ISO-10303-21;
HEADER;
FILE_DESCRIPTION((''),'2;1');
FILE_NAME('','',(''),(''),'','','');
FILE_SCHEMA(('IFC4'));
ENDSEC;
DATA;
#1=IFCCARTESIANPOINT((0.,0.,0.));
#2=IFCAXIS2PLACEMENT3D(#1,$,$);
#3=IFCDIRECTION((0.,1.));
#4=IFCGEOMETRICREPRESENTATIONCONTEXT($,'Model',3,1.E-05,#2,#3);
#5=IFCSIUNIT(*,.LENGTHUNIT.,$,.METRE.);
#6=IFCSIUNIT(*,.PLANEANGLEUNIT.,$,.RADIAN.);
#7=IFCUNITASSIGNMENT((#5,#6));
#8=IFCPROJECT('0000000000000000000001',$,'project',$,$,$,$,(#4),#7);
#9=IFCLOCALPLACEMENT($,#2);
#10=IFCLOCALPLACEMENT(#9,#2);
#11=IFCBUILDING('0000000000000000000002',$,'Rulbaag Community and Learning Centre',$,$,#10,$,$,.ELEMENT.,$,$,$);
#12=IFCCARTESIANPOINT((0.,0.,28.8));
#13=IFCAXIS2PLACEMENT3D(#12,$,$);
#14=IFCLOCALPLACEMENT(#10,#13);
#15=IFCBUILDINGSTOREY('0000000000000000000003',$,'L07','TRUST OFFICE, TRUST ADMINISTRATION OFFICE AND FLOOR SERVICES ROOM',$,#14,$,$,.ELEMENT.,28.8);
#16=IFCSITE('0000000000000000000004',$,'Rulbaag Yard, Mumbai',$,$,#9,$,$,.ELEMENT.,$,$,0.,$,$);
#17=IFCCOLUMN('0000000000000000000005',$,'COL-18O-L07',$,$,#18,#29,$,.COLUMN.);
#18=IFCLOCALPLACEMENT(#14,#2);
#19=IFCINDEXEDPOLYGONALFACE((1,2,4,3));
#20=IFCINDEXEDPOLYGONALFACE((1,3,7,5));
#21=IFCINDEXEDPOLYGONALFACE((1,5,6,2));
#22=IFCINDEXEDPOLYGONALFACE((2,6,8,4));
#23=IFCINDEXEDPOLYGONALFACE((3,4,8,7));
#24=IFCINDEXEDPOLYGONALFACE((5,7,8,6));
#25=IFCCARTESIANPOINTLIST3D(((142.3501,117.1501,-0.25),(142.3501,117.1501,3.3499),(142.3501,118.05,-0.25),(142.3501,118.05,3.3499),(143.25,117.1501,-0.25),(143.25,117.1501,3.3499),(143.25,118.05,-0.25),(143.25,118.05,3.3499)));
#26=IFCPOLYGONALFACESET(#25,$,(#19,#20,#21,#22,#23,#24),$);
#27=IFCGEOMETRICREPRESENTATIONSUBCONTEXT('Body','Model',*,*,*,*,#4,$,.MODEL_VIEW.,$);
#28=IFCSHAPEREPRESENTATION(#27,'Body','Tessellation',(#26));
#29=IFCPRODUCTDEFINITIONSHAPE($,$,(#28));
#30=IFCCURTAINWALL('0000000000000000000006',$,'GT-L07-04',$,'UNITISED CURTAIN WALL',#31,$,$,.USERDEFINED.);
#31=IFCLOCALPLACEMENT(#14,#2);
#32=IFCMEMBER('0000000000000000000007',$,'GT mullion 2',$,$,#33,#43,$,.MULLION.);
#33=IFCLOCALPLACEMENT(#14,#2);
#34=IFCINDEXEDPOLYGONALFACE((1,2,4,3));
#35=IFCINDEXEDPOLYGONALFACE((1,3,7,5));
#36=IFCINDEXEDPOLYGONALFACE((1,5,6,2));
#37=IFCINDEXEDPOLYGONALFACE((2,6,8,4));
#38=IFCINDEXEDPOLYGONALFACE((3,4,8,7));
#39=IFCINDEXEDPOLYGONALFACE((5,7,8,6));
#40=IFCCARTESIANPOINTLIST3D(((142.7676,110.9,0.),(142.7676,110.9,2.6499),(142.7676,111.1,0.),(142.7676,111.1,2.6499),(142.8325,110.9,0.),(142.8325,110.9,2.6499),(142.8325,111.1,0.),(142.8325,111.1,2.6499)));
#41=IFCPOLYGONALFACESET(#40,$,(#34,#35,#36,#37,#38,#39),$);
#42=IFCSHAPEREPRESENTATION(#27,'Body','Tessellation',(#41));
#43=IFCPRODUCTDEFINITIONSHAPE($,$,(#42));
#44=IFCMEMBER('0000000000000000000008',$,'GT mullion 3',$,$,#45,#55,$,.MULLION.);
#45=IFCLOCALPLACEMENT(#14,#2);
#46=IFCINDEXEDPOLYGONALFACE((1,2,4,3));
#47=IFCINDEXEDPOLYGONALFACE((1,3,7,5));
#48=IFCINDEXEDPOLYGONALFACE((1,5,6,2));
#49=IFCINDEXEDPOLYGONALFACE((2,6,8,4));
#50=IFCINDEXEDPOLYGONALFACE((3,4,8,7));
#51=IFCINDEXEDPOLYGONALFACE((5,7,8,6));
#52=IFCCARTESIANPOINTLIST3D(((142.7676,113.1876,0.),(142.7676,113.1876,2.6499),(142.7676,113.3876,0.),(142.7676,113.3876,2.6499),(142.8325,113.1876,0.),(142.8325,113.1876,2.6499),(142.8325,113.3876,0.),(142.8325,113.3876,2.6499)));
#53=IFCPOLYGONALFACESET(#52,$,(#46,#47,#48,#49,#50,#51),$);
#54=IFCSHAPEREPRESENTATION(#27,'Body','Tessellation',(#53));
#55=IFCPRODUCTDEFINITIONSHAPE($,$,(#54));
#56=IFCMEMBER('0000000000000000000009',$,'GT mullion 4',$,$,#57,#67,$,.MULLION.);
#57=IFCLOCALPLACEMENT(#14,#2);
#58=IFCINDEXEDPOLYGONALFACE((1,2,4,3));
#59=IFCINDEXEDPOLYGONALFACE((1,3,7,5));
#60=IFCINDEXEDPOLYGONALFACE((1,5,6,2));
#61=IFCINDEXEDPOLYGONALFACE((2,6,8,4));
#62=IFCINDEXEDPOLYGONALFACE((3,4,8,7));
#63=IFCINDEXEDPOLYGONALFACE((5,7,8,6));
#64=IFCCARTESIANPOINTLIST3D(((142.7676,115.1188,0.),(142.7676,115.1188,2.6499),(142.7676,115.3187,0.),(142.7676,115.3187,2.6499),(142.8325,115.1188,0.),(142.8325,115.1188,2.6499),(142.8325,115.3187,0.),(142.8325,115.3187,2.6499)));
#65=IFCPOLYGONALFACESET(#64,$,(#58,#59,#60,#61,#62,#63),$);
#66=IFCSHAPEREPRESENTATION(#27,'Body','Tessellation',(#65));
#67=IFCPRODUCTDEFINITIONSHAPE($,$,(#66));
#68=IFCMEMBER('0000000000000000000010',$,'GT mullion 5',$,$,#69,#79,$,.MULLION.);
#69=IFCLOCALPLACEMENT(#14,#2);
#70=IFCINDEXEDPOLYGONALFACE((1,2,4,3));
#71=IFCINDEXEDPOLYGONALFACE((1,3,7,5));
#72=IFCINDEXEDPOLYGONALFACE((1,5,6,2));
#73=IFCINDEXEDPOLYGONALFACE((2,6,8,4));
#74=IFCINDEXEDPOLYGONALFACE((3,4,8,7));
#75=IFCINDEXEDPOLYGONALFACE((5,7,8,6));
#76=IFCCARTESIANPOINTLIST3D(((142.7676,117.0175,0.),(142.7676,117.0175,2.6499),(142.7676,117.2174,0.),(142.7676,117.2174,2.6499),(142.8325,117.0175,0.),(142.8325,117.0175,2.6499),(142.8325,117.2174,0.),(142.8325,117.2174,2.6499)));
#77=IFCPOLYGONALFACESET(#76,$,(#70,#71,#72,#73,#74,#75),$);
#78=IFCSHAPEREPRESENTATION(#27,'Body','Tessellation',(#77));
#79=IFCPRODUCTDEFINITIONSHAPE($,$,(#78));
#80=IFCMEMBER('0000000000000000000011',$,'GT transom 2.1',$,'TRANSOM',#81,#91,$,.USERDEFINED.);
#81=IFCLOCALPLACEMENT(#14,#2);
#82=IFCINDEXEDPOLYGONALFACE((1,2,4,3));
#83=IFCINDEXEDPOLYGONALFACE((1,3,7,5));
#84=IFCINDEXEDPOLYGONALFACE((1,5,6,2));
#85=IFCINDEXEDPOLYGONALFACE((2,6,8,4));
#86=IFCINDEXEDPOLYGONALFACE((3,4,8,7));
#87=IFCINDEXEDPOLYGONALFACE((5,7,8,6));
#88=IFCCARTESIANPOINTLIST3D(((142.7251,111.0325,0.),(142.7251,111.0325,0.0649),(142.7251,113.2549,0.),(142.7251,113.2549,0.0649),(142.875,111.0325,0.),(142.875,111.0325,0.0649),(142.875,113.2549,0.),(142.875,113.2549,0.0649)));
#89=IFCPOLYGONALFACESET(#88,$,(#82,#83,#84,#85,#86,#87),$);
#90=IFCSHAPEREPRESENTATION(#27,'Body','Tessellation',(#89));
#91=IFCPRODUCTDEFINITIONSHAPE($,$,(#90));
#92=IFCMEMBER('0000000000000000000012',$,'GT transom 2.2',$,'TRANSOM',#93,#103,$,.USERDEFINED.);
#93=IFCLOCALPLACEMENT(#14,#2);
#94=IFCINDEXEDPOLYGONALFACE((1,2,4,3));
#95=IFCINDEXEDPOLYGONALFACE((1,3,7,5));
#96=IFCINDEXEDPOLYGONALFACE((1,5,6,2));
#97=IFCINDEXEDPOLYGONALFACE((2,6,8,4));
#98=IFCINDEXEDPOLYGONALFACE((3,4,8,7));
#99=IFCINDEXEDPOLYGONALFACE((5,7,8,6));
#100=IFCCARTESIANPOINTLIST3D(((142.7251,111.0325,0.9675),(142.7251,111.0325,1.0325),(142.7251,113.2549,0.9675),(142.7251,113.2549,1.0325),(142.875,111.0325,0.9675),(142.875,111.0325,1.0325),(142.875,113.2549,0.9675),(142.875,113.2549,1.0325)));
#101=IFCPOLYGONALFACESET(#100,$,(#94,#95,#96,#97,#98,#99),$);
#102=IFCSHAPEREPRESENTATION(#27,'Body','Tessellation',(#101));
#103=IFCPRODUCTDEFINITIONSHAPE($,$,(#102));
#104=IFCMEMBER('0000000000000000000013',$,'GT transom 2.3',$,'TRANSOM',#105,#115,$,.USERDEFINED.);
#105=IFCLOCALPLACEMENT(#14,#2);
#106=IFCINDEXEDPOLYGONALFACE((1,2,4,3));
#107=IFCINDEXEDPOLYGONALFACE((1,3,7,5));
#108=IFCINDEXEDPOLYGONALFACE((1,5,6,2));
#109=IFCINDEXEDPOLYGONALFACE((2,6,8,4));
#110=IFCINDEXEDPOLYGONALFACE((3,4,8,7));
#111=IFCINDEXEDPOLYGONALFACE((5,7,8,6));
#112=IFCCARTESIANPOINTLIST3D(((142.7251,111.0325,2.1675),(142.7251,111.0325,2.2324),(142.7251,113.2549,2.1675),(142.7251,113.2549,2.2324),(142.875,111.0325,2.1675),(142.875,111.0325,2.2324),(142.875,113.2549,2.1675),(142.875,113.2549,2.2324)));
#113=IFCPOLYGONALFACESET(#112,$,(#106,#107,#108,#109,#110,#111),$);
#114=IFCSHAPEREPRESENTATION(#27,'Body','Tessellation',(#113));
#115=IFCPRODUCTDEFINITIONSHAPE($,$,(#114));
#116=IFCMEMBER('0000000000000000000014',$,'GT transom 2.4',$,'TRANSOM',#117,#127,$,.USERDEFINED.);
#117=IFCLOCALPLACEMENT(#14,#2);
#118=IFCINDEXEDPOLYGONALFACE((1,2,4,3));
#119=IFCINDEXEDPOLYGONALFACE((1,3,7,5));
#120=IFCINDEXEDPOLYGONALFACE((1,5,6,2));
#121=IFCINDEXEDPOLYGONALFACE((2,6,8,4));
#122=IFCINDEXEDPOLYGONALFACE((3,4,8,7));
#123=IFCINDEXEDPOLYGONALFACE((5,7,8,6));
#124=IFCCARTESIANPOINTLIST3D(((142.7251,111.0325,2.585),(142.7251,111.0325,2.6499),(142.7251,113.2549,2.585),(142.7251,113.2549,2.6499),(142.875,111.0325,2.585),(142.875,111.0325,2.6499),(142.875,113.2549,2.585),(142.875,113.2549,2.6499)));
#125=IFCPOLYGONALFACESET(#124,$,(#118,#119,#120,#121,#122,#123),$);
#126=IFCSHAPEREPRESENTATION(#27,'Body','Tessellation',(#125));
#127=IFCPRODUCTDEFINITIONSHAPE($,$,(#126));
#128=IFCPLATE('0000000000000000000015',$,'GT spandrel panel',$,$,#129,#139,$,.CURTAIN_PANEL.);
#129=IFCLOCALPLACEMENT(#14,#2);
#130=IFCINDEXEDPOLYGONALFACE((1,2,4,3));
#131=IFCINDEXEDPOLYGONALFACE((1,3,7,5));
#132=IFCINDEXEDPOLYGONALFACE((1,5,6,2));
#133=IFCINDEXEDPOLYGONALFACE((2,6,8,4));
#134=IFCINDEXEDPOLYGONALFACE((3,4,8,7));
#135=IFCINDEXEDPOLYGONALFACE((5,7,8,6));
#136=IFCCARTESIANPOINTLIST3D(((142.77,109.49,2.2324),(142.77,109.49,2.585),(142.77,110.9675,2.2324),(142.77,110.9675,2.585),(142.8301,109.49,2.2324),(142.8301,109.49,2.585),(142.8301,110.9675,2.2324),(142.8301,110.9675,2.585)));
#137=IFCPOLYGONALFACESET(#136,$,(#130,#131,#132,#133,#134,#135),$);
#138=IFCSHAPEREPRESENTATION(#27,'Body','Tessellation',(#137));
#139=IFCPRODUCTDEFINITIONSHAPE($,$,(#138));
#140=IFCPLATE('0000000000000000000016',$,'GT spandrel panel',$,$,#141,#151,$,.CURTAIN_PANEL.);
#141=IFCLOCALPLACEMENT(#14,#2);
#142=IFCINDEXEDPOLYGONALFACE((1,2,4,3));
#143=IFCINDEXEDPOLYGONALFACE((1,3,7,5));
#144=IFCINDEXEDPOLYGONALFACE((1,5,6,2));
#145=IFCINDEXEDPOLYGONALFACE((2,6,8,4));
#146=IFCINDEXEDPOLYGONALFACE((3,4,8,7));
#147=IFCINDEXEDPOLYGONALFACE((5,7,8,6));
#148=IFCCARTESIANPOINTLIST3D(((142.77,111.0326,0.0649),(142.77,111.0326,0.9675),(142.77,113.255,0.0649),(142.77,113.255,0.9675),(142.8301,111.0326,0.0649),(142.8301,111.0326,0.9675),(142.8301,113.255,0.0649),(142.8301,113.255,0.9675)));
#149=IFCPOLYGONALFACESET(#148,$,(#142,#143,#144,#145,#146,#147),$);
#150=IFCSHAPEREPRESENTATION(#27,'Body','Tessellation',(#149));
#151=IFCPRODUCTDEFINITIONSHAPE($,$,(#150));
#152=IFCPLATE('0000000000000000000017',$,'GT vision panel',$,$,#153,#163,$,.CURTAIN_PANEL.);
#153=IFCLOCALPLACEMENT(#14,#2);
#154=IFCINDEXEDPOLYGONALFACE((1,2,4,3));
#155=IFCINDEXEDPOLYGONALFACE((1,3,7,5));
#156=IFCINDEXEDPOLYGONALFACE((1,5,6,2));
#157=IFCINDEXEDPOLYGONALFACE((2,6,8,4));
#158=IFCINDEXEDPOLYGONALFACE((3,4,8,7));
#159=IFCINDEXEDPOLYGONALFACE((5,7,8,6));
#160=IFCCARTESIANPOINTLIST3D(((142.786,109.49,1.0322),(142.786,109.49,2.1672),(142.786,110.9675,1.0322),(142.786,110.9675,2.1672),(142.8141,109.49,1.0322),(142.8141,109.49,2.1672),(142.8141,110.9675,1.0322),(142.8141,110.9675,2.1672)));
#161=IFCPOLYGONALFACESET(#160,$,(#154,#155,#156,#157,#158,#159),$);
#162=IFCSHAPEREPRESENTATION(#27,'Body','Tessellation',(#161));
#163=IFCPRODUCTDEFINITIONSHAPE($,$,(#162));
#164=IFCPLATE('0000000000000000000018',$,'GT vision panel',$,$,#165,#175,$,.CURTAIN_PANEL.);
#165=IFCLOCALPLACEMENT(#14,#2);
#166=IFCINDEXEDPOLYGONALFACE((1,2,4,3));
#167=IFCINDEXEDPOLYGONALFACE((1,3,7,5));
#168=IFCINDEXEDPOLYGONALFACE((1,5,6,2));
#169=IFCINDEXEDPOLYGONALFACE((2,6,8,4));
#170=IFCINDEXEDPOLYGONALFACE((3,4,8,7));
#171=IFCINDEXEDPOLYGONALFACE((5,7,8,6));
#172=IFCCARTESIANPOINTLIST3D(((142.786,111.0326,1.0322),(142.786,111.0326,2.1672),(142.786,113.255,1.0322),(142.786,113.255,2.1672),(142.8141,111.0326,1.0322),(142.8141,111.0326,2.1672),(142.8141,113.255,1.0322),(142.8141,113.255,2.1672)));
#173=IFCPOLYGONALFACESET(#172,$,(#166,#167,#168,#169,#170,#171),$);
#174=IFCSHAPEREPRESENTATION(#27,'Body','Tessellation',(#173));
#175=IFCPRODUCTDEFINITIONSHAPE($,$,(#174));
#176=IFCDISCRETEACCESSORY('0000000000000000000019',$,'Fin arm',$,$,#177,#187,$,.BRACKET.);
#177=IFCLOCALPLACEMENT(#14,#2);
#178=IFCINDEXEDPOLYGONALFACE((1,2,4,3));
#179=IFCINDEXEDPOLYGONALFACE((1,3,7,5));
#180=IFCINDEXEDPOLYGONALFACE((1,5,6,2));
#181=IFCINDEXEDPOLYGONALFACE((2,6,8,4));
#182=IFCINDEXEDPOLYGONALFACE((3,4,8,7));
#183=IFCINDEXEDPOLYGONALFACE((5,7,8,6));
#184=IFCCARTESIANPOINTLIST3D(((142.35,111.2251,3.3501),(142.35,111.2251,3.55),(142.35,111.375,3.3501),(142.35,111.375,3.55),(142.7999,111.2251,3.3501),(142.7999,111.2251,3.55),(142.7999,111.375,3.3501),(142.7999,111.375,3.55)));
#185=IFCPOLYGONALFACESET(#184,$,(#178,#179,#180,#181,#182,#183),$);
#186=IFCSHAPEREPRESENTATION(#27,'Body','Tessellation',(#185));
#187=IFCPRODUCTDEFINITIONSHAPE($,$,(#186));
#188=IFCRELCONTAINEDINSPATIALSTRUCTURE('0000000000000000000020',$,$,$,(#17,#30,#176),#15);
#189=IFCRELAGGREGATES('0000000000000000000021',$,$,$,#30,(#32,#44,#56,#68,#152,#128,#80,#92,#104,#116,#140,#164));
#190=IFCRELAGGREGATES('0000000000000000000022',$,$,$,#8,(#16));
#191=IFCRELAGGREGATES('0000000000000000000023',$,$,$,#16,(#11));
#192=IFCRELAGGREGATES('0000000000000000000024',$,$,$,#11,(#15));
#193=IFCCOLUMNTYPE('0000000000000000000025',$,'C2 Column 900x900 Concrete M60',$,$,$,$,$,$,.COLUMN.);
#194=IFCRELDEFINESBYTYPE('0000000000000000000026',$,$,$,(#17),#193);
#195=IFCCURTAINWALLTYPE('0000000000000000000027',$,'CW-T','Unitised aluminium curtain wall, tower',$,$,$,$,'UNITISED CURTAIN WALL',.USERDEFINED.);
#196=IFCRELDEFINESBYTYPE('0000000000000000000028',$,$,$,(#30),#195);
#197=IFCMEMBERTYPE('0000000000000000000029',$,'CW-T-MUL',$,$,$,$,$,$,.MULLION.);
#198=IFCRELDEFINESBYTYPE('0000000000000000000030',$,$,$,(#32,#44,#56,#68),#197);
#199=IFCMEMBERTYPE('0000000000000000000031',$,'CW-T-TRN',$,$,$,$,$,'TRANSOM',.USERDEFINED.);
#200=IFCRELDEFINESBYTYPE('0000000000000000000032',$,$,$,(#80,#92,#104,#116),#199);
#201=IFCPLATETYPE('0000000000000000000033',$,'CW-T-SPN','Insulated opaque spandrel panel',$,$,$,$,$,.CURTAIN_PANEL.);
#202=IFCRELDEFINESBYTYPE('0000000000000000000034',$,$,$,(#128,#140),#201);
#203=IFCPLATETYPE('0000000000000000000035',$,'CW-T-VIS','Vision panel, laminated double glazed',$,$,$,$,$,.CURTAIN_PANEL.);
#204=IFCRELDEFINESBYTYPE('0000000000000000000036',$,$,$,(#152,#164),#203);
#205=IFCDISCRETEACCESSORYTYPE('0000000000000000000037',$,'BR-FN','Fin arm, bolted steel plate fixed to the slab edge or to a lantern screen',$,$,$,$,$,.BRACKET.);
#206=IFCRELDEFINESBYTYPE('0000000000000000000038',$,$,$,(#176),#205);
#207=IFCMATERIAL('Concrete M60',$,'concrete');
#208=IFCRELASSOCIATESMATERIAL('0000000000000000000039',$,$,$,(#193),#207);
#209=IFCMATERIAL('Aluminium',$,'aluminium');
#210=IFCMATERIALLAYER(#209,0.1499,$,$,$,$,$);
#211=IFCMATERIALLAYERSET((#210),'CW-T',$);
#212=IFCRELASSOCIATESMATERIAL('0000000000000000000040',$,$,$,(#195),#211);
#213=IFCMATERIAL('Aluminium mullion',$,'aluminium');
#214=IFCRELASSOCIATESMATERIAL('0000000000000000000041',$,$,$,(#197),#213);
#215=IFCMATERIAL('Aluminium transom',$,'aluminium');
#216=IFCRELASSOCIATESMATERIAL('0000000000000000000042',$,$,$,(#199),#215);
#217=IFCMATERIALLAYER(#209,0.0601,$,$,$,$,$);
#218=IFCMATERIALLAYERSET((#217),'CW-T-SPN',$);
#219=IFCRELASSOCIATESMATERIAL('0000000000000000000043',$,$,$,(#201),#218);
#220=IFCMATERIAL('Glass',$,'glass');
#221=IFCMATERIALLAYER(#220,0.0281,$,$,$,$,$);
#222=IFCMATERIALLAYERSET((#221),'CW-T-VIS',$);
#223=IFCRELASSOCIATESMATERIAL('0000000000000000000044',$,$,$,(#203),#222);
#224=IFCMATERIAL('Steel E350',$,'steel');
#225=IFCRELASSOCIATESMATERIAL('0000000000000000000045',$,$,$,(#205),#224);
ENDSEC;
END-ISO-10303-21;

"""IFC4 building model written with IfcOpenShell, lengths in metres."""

from ifc_helpers import new_model, si_unit, direction, frame, origin, origin_2d, place, context, subcontext, project, spatial, rectangle, extrude, material, layer, layer_set, material_profile, profile_set, type_object, element, aggregate, save


model = new_model("IFC4")

# Units and contexts
model_context = context("Model", 3, precision=1e-05, world=origin(), true_north=direction((0.0, 1.0)))
body_context = subcontext(model_context, "Body", "Model", "MODEL_VIEW")
ifc_project = project(units=[si_unit("LENGTHUNIT", "METRE"), si_unit("PLANEANGLEUNIT", "RADIAN")], contexts=[model_context])

# Site, building, storey
site_placement = place(None, origin())
site = spatial("IfcSite", under=ifc_project, at=site_placement, Name="Rulbaag Yard, Mumbai", CompositionType="ELEMENT", RefElevation=0.0)
building_placement = place(site_placement, origin())
building = spatial("IfcBuilding", under=site, at=building_placement, Name="Rulbaag Community and Learning Centre", CompositionType="ELEMENT")
storey_placement = place(building_placement, frame((0.0, 0.0, 28.8)))
storey = spatial("IfcBuildingStorey", under=building, at=storey_placement, Name="L07", Description="TRUST OFFICE, TRUST ADMINISTRATION OFFICE AND FLOOR SERVICES ROOM", CompositionType="ELEMENT", Elevation=28.8)

# Column
ifc_material_1 = material(Name="Concrete M60", Category="concrete")
ifc_material_profile_1 = material_profile(ifc_material_1, rectangle(XDim=0.8999, YDim=0.8999, at=origin_2d()), Name="RC900x900")
ifc_profile_set_1 = profile_set([ifc_material_profile_1], Name="Concrete M60")
column_type = type_object("IfcColumnType", Name="C2 Column 900x900 Concrete M60", PredefinedType="COLUMN", material=ifc_profile_set_1)
column_placement = place(storey_placement, frame((142.8, 117.6001, -0.25), z_axis=(0.0, 0.0, 1.0), x_axis=(1.0, 0.0, 0.0)))
element("IfcColumn", 1, at=column_placement, inside=storey, type_object=column_type, Name="COL-18O-L07", PredefinedType="COLUMN", context=body_context, shape_type="SweptSolid", body=[
    extrude(rectangle(XDim=0.8999, YDim=0.8999, at=origin_2d()), origin(), (0.0, 0.0, 1.0), 3.5999),
])

# Curtain wall, members, plates
ifc_material_2 = material(Name="Aluminium", Category="aluminium")
ifc_layer_1 = layer(ifc_material_2, 0.1499)
ifc_layer_set_1 = layer_set([ifc_layer_1], Name="CW-T")
curtain_wall_type = type_object("IfcCurtainWallType", Name="CW-T", Description="Unitised aluminium curtain wall, tower", ElementType="UNITISED CURTAIN WALL", PredefinedType="USERDEFINED", material=ifc_layer_set_1)
curtain_wall_placement = place(storey_placement, origin())
curtain_wall = element("IfcCurtainWall", 2, at=curtain_wall_placement, inside=storey, type_object=curtain_wall_type, Name="GT-L07-04", ObjectType="UNITISED CURTAIN WALL", PredefinedType="USERDEFINED")
ifc_material_3 = material(Name="Aluminium mullion", Category="aluminium")
ifc_material_profile_2 = material_profile(ifc_material_3, rectangle(XDim=0.0649, YDim=0.2, at=origin_2d()), Name="AL 65x200")
ifc_profile_set_2 = profile_set([ifc_material_profile_2], Name="Aluminium mullion")
member_type_1 = type_object("IfcMemberType", Name="CW-T-MUL", PredefinedType="MULLION", material=ifc_profile_set_2)
member_1_placement = place(storey_placement, frame((142.8, 111.0, 0.0), z_axis=(0.0, 0.0, 1.0), x_axis=(-1.0, 0.0, 0.0)))
member_1 = element("IfcMember", 3, at=member_1_placement, type_object=member_type_1, Name="GT mullion 2", PredefinedType="MULLION", context=body_context, shape_type="SweptSolid", body=[
    extrude(rectangle(XDim=0.0649, YDim=0.2, at=origin_2d()), origin(), (0.0, 0.0, 1.0), 2.6499),
])
member_2_placement = place(storey_placement, frame((142.8, 113.2876, 0.0), z_axis=(0.0, 0.0, 1.0), x_axis=(-1.0, 0.0, 0.0)))
member_2 = element("IfcMember", 4, at=member_2_placement, type_object=member_type_1, Name="GT mullion 3", PredefinedType="MULLION", context=body_context, shape_type="SweptSolid", body=[
    extrude(rectangle(XDim=0.0649, YDim=0.2, at=origin_2d()), origin(), (0.0, 0.0, 1.0), 2.6499),
])
member_3_placement = place(storey_placement, frame((142.8, 115.2188, 0.0), z_axis=(0.0, 0.0, 1.0), x_axis=(-1.0, 0.0, 0.0)))
member_3 = element("IfcMember", 5, at=member_3_placement, type_object=member_type_1, Name="GT mullion 4", PredefinedType="MULLION", context=body_context, shape_type="SweptSolid", body=[
    extrude(rectangle(XDim=0.0649, YDim=0.2, at=origin_2d()), origin(), (0.0, 0.0, 1.0), 2.6499),
])
member_4_placement = place(storey_placement, frame((142.8, 117.1174, 0.0), z_axis=(0.0, 0.0, 1.0), x_axis=(-1.0, 0.0, 0.0)))
member_4 = element("IfcMember", 6, at=member_4_placement, type_object=member_type_1, Name="GT mullion 5", PredefinedType="MULLION", context=body_context, shape_type="SweptSolid", body=[
    extrude(rectangle(XDim=0.0649, YDim=0.2, at=origin_2d()), origin(), (0.0, 0.0, 1.0), 2.6499),
])
ifc_material_4 = material(Name="Aluminium transom", Category="aluminium")
ifc_material_profile_3 = material_profile(ifc_material_4, rectangle(XDim=0.1499, YDim=0.0649, at=origin_2d()), Name="AL 65x150 T")
ifc_profile_set_3 = profile_set([ifc_material_profile_3], Name="Aluminium transom")
member_type_2 = type_object("IfcMemberType", Name="CW-T-TRN", ElementType="TRANSOM", PredefinedType="USERDEFINED", material=ifc_profile_set_3)
member_5_placement = place(storey_placement, frame((142.8, 111.0325, 0.0325), z_axis=(0.0, 1.0, 0.0), x_axis=(-1.0, 0.0, 0.0)))
member_5 = element("IfcMember", 7, at=member_5_placement, type_object=member_type_2, Name="GT transom 2.1", ObjectType="TRANSOM", PredefinedType="USERDEFINED", context=body_context, shape_type="SweptSolid", body=[
    extrude(rectangle(XDim=0.1499, YDim=0.0649, at=origin_2d()), origin(), (0.0, 0.0, 1.0), 2.2224),
])
member_6_placement = place(storey_placement, frame((142.8, 111.0325, 1.0), z_axis=(0.0, 1.0, 0.0), x_axis=(-1.0, 0.0, 0.0)))
member_6 = element("IfcMember", 8, at=member_6_placement, type_object=member_type_2, Name="GT transom 2.2", ObjectType="TRANSOM", PredefinedType="USERDEFINED", context=body_context, shape_type="SweptSolid", body=[
    extrude(rectangle(XDim=0.1499, YDim=0.0649, at=origin_2d()), origin(), (0.0, 0.0, 1.0), 2.2224),
])
member_7_placement = place(storey_placement, frame((142.8, 111.0325, 2.2), z_axis=(0.0, 1.0, 0.0), x_axis=(-1.0, 0.0, 0.0)))
member_7 = element("IfcMember", 9, at=member_7_placement, type_object=member_type_2, Name="GT transom 2.3", ObjectType="TRANSOM", PredefinedType="USERDEFINED", context=body_context, shape_type="SweptSolid", body=[
    extrude(rectangle(XDim=0.1499, YDim=0.0649, at=origin_2d()), origin(), (0.0, 0.0, 1.0), 2.2224),
])
member_8_placement = place(storey_placement, frame((142.8, 111.0325, 2.6174), z_axis=(0.0, 1.0, 0.0), x_axis=(-1.0, 0.0, 0.0)))
member_8 = element("IfcMember", 10, at=member_8_placement, type_object=member_type_2, Name="GT transom 2.4", ObjectType="TRANSOM", PredefinedType="USERDEFINED", context=body_context, shape_type="SweptSolid", body=[
    extrude(rectangle(XDim=0.1499, YDim=0.0649, at=origin_2d()), origin(), (0.0, 0.0, 1.0), 2.2224),
])
ifc_layer_2 = layer(ifc_material_2, 0.0601)
ifc_layer_set_2 = layer_set([ifc_layer_2], Name="CW-T-SPN")
plate_type_1 = type_object("IfcPlateType", Name="CW-T-SPN", Description="Insulated opaque spandrel panel", PredefinedType="CURTAIN_PANEL", material=ifc_layer_set_2)
plate_1_placement = place(storey_placement, frame((142.8, 110.2288, 2.2324), z_axis=(0.0, 0.0, 1.0), x_axis=(0.0, 1.0, 0.0)))
plate_1 = element("IfcPlate", 11, at=plate_1_placement, type_object=plate_type_1, Name="GT spandrel panel", PredefinedType="CURTAIN_PANEL", context=body_context, shape_type="SweptSolid", body=[
    extrude(rectangle(XDim=1.4775, YDim=0.0601, at=origin_2d()), origin(), (0.0, 0.0, 1.0), 0.3525),
])
plate_2_placement = place(storey_placement, frame((142.8, 112.1438, 0.0649), z_axis=(0.0, 0.0, 1.0), x_axis=(0.0, 1.0, 0.0)))
plate_2 = element("IfcPlate", 12, at=plate_2_placement, type_object=plate_type_1, Name="GT spandrel panel", PredefinedType="CURTAIN_PANEL", context=body_context, shape_type="SweptSolid", body=[
    extrude(rectangle(XDim=2.2224, YDim=0.0601, at=origin_2d()), origin(), (0.0, 0.0, 1.0), 0.9026),
])
ifc_material_5 = material(Name="Glass", Category="glass")
ifc_layer_3 = layer(ifc_material_5, 0.0281)
ifc_layer_set_3 = layer_set([ifc_layer_3], Name="CW-T-VIS")
plate_type_2 = type_object("IfcPlateType", Name="CW-T-VIS", Description="Vision panel, laminated double glazed", PredefinedType="CURTAIN_PANEL", material=ifc_layer_set_3)
plate_3_placement = place(storey_placement, frame((142.8, 110.2288, 1.0322), z_axis=(0.0, 0.0, 1.0), x_axis=(0.0, 1.0, 0.0)))
plate_3 = element("IfcPlate", 13, at=plate_3_placement, type_object=plate_type_2, Name="GT vision panel", PredefinedType="CURTAIN_PANEL", context=body_context, shape_type="SweptSolid", body=[
    extrude(rectangle(XDim=1.4775, YDim=0.0281, at=origin_2d()), origin(), (0.0, 0.0, 1.0), 1.135),
])
plate_4_placement = place(storey_placement, frame((142.8, 112.1438, 1.0322), z_axis=(0.0, 0.0, 1.0), x_axis=(0.0, 1.0, 0.0)))
plate_4 = element("IfcPlate", 14, at=plate_4_placement, type_object=plate_type_2, Name="GT vision panel", PredefinedType="CURTAIN_PANEL", context=body_context, shape_type="SweptSolid", body=[
    extrude(rectangle(XDim=2.2224, YDim=0.0281, at=origin_2d()), origin(), (0.0, 0.0, 1.0), 1.135),
])
aggregate(curtain_wall, [member_1, member_2, member_3, member_4, plate_3, plate_1, member_5, member_6, member_7, member_8, plate_2, plate_4])

# Discrete accessory
ifc_material_6 = material(Name="Steel E350", Category="steel")
discrete_accessory_type = type_object("IfcDiscreteAccessoryType", Name="BR-FN", Description="Fin arm, bolted steel plate fixed to the slab edge or to a lantern screen", PredefinedType="BRACKET", material=ifc_material_6)
for number, where, z_axis, x_axis, name in (
    (15, (142.575, 111.3, 3.3501), (0.0, 0.0, 1.0), (1.0, 0.0, 0.0), "Fin arm"),
):
    element("IfcDiscreteAccessory", number, at=place(storey_placement, frame(where, z_axis=z_axis, x_axis=x_axis)), inside=storey, type_object=discrete_accessory_type, Name=name, PredefinedType="BRACKET", context=body_context, shape_type="SweptSolid", body=[
        extrude(rectangle(XDim=0.45, YDim=0.1499, at=origin_2d()), origin(), (0.0, 0.0, 1.0), 0.2),
    ])

save(model, "model.ifc")
